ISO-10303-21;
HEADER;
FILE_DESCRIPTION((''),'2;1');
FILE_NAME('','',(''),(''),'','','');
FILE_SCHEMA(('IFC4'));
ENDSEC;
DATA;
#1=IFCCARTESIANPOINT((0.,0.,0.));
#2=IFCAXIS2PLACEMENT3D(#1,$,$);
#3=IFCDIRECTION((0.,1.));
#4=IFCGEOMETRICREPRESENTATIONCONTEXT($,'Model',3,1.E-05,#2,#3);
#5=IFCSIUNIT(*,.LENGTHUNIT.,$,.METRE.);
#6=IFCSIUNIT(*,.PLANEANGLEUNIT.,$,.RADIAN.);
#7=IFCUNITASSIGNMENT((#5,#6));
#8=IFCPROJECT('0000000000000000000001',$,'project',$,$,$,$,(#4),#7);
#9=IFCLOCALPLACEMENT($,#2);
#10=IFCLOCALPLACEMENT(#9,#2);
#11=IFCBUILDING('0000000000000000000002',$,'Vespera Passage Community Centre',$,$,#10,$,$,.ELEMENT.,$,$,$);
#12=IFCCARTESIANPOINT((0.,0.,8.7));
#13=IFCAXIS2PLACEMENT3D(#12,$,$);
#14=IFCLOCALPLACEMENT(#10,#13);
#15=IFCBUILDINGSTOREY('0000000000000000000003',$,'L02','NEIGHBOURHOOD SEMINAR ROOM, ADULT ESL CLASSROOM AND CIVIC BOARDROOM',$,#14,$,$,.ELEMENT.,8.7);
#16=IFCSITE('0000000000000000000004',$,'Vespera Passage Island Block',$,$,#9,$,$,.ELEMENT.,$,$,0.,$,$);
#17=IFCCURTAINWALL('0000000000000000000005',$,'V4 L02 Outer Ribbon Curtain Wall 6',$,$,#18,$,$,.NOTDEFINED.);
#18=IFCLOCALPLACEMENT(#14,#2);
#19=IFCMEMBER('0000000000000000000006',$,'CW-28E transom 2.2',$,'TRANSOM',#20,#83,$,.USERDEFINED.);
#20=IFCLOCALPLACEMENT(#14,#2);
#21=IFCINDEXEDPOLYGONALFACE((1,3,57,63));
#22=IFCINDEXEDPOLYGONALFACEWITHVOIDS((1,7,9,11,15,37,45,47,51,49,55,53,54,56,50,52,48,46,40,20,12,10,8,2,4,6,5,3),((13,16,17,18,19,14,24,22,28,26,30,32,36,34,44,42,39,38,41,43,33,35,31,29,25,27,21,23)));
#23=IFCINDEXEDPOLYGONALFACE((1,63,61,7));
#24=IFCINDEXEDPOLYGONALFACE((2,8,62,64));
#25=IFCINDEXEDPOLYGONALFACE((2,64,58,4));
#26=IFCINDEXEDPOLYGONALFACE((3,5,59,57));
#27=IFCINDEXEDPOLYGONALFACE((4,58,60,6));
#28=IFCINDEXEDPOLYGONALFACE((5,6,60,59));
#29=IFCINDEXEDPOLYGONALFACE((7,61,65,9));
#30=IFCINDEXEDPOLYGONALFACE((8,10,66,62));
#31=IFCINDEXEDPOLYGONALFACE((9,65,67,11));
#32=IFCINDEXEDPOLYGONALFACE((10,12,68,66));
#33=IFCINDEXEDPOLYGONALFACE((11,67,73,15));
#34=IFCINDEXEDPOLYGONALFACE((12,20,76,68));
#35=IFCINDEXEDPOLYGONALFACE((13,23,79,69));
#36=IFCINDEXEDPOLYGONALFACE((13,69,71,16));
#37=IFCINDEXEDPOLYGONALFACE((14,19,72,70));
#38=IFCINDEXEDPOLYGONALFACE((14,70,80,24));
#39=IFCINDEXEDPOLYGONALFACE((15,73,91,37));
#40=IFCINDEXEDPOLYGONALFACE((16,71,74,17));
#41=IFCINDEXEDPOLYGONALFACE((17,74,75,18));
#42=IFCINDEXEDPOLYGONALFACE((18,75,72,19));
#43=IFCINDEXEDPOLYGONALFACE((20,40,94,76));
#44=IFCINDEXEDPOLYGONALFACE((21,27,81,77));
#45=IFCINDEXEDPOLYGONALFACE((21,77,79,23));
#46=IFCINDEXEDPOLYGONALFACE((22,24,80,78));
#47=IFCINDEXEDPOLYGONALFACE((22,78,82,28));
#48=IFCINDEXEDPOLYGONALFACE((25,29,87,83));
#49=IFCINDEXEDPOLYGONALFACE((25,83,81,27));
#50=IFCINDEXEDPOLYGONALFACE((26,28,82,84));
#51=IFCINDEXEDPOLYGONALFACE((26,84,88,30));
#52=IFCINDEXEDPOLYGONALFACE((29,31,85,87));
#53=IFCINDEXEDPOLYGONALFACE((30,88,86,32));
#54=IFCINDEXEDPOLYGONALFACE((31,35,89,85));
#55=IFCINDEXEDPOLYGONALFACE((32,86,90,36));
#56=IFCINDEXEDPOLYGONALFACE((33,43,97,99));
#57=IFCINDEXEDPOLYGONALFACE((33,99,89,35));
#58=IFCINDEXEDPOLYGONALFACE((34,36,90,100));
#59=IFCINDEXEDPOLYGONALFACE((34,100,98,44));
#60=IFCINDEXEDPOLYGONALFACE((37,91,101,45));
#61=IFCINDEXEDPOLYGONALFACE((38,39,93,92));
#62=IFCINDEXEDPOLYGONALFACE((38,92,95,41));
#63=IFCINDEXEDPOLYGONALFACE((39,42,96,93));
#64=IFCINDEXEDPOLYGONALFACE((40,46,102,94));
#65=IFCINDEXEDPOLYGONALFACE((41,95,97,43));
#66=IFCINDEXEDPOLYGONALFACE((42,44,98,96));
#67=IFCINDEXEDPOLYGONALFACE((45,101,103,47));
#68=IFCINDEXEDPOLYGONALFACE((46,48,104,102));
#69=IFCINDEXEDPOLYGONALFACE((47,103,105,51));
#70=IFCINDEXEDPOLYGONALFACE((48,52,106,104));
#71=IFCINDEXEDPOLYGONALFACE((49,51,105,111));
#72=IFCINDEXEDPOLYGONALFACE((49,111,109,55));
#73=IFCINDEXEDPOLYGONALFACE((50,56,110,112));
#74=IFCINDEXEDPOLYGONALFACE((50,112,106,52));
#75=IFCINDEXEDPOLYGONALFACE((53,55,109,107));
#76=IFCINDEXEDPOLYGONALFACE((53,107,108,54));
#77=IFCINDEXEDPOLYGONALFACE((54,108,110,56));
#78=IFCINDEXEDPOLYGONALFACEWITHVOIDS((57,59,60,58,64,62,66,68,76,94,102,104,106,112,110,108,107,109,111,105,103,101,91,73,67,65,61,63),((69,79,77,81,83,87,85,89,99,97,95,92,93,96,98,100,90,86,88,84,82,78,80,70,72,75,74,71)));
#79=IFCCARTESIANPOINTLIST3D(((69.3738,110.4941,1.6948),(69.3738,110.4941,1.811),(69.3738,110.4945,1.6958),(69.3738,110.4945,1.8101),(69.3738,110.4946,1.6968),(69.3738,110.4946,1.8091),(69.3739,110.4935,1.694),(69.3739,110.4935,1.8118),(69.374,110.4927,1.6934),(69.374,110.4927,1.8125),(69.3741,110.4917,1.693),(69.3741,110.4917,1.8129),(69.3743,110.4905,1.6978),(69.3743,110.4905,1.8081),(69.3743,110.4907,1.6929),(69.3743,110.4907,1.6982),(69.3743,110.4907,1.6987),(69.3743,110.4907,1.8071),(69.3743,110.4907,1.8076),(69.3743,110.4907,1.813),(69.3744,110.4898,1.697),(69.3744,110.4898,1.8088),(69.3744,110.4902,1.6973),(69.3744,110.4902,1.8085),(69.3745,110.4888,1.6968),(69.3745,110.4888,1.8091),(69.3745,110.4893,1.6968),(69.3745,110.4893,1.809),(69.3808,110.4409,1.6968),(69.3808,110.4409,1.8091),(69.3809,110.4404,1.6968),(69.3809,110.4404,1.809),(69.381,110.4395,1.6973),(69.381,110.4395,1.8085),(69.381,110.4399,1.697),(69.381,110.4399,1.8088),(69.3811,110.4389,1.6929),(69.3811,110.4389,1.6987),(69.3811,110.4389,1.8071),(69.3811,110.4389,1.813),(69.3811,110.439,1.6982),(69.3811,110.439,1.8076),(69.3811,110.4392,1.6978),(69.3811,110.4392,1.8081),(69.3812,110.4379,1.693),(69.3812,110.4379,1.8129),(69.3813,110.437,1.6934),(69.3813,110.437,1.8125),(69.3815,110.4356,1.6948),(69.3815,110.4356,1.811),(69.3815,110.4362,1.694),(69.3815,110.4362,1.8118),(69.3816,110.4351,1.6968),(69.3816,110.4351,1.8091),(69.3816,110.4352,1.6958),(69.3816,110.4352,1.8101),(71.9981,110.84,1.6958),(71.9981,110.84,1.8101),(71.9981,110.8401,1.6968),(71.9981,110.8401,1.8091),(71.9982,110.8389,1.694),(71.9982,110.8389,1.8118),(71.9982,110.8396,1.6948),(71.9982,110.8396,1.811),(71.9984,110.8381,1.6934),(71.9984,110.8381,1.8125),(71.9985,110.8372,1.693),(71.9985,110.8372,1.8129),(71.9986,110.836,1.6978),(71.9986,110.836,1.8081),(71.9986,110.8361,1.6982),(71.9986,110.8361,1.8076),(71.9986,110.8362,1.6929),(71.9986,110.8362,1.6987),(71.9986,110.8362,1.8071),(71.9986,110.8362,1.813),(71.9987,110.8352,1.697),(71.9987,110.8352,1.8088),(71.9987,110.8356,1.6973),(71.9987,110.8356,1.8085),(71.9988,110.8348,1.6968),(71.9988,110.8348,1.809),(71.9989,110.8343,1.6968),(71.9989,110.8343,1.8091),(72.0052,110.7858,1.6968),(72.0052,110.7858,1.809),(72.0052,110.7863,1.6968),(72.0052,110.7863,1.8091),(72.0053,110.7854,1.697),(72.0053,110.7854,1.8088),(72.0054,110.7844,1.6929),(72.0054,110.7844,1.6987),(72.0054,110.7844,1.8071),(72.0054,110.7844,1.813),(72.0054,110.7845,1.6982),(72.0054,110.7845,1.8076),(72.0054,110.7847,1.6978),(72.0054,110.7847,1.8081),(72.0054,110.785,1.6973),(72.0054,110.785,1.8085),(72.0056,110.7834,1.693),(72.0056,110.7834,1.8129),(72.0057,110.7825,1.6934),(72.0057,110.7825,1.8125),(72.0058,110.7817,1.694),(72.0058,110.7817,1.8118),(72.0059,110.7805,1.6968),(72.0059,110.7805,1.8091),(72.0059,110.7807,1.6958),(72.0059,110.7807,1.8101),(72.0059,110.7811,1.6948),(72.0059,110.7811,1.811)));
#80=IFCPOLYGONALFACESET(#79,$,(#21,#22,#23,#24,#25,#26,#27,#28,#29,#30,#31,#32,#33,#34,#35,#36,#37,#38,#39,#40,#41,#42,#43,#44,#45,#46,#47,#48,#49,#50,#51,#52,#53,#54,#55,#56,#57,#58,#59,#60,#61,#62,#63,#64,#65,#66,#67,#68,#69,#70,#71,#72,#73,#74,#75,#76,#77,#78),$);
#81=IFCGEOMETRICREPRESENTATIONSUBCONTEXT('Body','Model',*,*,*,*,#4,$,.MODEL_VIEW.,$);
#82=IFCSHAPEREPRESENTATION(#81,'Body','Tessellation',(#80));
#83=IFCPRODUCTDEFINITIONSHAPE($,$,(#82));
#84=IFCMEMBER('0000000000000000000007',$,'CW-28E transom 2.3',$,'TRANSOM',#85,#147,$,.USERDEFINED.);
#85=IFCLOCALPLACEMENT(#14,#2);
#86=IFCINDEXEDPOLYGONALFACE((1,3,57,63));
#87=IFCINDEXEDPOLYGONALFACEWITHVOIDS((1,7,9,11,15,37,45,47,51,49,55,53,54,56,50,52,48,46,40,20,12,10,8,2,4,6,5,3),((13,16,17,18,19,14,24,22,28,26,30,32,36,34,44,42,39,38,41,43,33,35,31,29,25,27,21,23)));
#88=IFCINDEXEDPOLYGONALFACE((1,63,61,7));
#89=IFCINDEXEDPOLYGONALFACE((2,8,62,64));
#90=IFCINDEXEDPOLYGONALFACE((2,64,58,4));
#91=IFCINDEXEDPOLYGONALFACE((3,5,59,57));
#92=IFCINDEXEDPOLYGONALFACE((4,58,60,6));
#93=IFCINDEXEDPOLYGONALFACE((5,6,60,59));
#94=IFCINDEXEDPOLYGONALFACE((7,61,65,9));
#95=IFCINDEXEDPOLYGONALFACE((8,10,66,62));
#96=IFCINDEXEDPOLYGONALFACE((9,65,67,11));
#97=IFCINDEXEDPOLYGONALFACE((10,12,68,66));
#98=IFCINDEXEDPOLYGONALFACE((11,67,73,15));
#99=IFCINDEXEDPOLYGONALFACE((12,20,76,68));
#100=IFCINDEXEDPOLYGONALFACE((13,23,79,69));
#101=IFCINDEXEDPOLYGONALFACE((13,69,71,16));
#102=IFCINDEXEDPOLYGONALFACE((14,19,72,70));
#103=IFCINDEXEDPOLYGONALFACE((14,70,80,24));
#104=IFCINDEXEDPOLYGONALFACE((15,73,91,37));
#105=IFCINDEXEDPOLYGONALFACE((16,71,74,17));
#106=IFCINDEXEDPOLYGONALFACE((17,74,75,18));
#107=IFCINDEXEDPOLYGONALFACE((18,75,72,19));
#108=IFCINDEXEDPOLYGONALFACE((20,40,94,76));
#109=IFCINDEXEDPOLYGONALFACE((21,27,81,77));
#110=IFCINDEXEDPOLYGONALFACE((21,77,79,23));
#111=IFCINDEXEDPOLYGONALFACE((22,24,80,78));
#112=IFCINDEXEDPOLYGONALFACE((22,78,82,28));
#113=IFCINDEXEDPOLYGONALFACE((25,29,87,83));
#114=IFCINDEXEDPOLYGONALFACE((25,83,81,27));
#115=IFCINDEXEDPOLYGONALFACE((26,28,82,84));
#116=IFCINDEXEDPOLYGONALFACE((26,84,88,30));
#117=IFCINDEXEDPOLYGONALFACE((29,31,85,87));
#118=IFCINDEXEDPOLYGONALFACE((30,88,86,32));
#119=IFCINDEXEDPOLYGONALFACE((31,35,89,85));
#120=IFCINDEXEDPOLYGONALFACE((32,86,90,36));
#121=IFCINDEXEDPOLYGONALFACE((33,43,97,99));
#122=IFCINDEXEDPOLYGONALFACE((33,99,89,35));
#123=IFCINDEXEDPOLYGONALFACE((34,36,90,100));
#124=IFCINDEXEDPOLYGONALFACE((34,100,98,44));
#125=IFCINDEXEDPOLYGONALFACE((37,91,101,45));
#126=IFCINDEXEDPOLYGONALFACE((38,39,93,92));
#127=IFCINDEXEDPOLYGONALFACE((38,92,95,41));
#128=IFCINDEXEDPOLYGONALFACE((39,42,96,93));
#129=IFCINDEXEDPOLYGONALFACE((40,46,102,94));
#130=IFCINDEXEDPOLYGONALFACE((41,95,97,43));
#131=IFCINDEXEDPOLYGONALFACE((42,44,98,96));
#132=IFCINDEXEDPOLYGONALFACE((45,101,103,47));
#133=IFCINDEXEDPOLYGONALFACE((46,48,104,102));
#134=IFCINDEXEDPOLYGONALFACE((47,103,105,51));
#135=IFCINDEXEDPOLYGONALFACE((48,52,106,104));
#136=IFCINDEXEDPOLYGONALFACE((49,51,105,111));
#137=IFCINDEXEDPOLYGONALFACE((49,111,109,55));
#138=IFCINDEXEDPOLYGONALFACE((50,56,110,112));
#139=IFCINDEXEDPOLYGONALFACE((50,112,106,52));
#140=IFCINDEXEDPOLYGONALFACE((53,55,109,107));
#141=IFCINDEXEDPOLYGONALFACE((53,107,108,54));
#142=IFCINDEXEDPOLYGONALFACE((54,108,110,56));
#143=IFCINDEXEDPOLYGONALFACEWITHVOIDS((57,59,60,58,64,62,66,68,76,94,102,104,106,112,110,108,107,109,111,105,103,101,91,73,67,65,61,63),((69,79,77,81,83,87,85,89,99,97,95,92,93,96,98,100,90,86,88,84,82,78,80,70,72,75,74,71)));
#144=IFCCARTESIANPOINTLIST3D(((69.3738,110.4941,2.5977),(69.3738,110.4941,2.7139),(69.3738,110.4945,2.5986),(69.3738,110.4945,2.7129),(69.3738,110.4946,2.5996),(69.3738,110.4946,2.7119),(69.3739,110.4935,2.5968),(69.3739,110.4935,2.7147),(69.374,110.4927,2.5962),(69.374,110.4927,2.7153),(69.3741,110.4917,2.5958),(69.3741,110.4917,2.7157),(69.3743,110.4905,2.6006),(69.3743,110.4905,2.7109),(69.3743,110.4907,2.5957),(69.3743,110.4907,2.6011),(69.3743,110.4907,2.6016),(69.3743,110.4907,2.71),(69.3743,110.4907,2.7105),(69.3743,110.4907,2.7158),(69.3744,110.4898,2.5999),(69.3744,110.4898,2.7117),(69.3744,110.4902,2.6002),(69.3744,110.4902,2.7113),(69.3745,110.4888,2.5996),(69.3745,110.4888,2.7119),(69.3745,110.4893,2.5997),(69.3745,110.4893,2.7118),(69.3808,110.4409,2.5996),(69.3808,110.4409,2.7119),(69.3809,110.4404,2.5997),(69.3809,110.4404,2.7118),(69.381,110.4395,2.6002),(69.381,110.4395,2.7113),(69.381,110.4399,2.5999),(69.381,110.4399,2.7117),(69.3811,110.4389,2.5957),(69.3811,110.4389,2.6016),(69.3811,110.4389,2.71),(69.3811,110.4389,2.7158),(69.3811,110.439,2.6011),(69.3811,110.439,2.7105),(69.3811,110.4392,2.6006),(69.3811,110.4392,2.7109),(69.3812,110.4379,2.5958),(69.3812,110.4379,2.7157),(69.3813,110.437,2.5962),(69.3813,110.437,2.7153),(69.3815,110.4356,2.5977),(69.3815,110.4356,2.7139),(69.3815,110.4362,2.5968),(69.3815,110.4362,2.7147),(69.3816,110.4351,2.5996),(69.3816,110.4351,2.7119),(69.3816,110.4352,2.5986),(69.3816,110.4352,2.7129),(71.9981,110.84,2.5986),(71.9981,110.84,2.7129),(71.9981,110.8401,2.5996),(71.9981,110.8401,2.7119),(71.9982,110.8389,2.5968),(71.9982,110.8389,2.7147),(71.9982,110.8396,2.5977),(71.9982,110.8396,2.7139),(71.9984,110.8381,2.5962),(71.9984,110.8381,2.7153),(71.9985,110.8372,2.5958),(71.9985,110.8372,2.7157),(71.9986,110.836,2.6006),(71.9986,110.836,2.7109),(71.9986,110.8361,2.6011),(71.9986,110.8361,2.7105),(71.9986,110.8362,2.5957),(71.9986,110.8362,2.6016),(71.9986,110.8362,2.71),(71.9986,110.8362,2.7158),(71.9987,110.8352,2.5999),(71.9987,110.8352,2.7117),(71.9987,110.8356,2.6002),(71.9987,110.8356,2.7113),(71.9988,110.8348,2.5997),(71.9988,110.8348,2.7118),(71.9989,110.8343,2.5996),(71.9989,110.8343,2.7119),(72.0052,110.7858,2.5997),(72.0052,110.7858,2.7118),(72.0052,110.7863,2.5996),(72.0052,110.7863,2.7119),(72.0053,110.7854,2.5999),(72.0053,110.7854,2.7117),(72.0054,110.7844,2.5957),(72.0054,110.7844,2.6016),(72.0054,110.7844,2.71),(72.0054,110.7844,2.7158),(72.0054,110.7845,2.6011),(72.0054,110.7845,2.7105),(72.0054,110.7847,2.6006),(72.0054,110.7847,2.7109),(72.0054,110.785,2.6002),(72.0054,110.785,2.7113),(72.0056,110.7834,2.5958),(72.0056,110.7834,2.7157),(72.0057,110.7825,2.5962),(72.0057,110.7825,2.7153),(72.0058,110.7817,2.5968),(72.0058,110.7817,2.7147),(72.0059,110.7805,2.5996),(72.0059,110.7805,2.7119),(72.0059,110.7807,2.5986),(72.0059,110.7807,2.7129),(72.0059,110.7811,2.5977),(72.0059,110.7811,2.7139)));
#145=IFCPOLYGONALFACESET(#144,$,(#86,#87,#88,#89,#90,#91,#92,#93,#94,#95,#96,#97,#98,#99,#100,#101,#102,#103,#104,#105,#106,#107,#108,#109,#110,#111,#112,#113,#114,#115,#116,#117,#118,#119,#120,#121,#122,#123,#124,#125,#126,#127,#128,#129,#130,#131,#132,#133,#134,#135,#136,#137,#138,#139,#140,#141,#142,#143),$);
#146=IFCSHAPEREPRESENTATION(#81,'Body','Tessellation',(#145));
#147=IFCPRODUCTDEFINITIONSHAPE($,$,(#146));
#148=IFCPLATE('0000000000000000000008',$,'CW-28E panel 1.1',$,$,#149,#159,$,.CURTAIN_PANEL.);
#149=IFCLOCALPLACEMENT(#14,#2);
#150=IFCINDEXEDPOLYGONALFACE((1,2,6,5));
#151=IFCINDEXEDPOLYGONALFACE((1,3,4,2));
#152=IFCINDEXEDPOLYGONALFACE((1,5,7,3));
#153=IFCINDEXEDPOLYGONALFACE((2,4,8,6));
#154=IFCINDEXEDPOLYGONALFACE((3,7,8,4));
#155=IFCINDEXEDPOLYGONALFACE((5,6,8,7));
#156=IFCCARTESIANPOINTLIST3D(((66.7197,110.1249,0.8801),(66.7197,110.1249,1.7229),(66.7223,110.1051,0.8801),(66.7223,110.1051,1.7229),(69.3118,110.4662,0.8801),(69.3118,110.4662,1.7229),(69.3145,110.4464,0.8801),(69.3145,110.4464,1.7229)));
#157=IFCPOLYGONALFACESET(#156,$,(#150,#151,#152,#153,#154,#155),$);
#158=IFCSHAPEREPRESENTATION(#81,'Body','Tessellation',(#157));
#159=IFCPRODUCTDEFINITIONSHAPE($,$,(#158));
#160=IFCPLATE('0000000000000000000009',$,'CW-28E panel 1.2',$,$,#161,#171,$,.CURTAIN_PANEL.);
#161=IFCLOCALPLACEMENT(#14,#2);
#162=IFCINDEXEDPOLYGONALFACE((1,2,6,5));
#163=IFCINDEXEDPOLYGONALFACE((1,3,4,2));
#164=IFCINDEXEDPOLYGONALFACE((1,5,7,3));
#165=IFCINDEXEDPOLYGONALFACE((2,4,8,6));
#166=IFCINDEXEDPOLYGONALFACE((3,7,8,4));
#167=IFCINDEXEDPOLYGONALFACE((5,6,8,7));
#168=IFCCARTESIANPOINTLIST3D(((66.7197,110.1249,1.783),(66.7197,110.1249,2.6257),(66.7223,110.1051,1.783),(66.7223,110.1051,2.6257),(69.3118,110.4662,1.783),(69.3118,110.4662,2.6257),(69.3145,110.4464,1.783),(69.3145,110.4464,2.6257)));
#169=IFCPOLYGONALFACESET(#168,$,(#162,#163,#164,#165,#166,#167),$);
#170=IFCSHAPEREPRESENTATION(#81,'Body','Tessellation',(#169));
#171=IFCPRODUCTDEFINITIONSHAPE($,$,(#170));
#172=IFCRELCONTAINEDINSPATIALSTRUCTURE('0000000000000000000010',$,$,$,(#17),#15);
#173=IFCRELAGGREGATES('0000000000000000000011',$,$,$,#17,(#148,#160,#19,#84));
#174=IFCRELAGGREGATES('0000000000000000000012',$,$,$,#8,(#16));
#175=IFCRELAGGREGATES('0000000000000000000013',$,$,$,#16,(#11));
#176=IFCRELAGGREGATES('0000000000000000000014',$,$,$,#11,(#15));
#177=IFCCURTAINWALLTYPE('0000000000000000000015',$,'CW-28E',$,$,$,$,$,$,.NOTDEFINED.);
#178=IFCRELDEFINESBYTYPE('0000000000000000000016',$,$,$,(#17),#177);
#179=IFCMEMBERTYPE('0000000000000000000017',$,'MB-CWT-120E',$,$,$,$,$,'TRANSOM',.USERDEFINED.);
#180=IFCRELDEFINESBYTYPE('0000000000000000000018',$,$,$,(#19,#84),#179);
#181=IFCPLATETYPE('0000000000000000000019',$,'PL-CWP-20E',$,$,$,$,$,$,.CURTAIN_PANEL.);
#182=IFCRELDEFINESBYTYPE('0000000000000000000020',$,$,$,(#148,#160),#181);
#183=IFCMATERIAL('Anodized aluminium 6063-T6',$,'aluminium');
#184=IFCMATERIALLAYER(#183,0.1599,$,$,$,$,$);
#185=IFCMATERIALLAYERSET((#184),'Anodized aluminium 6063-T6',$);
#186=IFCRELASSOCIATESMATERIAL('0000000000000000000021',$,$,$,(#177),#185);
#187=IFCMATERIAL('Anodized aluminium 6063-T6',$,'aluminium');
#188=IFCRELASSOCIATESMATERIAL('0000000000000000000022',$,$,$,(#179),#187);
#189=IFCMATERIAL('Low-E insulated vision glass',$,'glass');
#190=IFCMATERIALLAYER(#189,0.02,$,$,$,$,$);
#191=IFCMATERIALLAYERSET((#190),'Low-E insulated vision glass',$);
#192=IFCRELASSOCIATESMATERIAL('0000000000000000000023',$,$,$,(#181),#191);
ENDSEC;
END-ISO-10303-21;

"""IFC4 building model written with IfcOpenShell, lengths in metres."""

from ifc_helpers import new_model, si_unit, direction, frame, origin, origin_2d, place, context, subcontext, project, spatial, rectangle, hollow_rectangle, extrude, material, layer, layer_set, material_profile, profile_set, type_object, element, aggregate, save


model = new_model("IFC4")

# Units and contexts
model_context = context("Model", 3, precision=1e-05, world=origin(), true_north=direction((0.0, 1.0)))
body_context = subcontext(model_context, "Body", "Model", "MODEL_VIEW")
ifc_project = project(units=[si_unit("LENGTHUNIT", "METRE"), si_unit("PLANEANGLEUNIT", "RADIAN")], contexts=[model_context])

# Site, building, storey
site_placement = place(None, origin())
site = spatial("IfcSite", under=ifc_project, at=site_placement, Name="Vespera Passage Island Block", CompositionType="ELEMENT", RefElevation=0.0)
building_placement = place(site_placement, origin())
building = spatial("IfcBuilding", under=site, at=building_placement, Name="Vespera Passage Community Centre", CompositionType="ELEMENT")
storey_placement = place(building_placement, frame((0.0, 0.0, 8.7)))
storey = spatial("IfcBuildingStorey", under=building, at=storey_placement, Name="L02", Description="NEIGHBOURHOOD SEMINAR ROOM, ADULT ESL CLASSROOM AND CIVIC BOARDROOM", CompositionType="ELEMENT", Elevation=8.7)

# Curtain wall, members, plates
ifc_material_1 = material(Name="Anodized aluminium 6063-T6", Category="aluminium")
ifc_layer_1 = layer(ifc_material_1, 0.1599)
ifc_layer_set_1 = layer_set([ifc_layer_1], Name="Anodized aluminium 6063-T6")
curtain_wall_type = type_object("IfcCurtainWallType", Name="CW-28E", PredefinedType="NOTDEFINED", material=ifc_layer_set_1)
curtain_wall_placement = place(storey_placement, origin())
curtain_wall = element("IfcCurtainWall", 1, at=curtain_wall_placement, inside=storey, type_object=curtain_wall_type, Name="V4 L02 Outer Ribbon Curtain Wall 6", PredefinedType="NOTDEFINED")
ifc_material_2 = material(Name="Anodized aluminium 6063-T6", Category="aluminium")
ifc_material_profile_1 = material_profile(ifc_material_2, hollow_rectangle(XDim=0.0601, YDim=0.1201, WallThickness=0.0039, InnerFilletRadius=0.002, OuterFilletRadius=0.0039, at=origin_2d()), Name="ALU120X60X4")
ifc_profile_set_1 = profile_set([ifc_material_profile_1], Name="Anodized aluminium 6063-T6")
member_type_1 = type_object("IfcMemberType", Name="MB-CWT-120E", ElementType="TRANSOM", PredefinedType="USERDEFINED", material=ifc_profile_set_1)
member_1_placement = place(storey_placement, frame((69.3777, 110.4648, 1.7529), z_axis=(0.991446, 0.130514, 0.0), x_axis=(-0.130514, 0.991446, 0.0)))
member_1 = element("IfcMember", 2, at=member_1_placement, type_object=member_type_1, Name="CW-28E transom 2.2", ObjectType="TRANSOM", PredefinedType="USERDEFINED", context=body_context, shape_type="SweptSolid", body=[
    extrude(hollow_rectangle(XDim=0.0601, YDim=0.1201, WallThickness=0.0039, InnerFilletRadius=0.002, OuterFilletRadius=0.0039, at=origin_2d()), origin(), (0.0, 0.0, 1.0), 2.647),
])
member_2_placement = place(storey_placement, frame((69.3777, 110.4648, 2.6558), z_axis=(0.991446, 0.130514, 0.0), x_axis=(-0.130514, 0.991446, 0.0)))
member_2 = element("IfcMember", 3, at=member_2_placement, type_object=member_type_1, Name="CW-28E transom 2.3", ObjectType="TRANSOM", PredefinedType="USERDEFINED", context=body_context, shape_type="SweptSolid", body=[
    extrude(hollow_rectangle(XDim=0.0601, YDim=0.1201, WallThickness=0.0039, InnerFilletRadius=0.002, OuterFilletRadius=0.0039, at=origin_2d()), origin(), (0.0, 0.0, 1.0), 2.647),
])
ifc_material_3 = material(Name="Low-E insulated vision glass", Category="glass")
ifc_layer_2 = layer(ifc_material_3, 0.02)
ifc_layer_set_2 = layer_set([ifc_layer_2], Name="Low-E insulated vision glass")
plate_type = type_object("IfcPlateType", Name="PL-CWP-20E", PredefinedType="CURTAIN_PANEL", material=ifc_layer_set_2)
plate_1_placement = place(storey_placement, frame((68.0171, 110.2856, 0.8801), z_axis=(0.0, 0.0, 1.0), x_axis=(0.991444, 0.130531, 0.0)))
plate_1 = element("IfcPlate", 4, at=plate_1_placement, type_object=plate_type, Name="CW-28E panel 1.1", PredefinedType="CURTAIN_PANEL", context=body_context, shape_type="SweptSolid", body=[
    extrude(rectangle(XDim=2.6145, YDim=0.02, at=origin_2d()), origin(), (0.0, 0.0, 1.0), 0.8428),
])
plate_2_placement = place(storey_placement, frame((68.0171, 110.2856, 1.783), z_axis=(0.0, 0.0, 1.0), x_axis=(0.991444, 0.130531, 0.0)))
plate_2 = element("IfcPlate", 5, at=plate_2_placement, type_object=plate_type, Name="CW-28E panel 1.2", PredefinedType="CURTAIN_PANEL", context=body_context, shape_type="SweptSolid", body=[
    extrude(rectangle(XDim=2.6145, YDim=0.02, at=origin_2d()), origin(), (0.0, 0.0, 1.0), 0.8428),
])
aggregate(curtain_wall, [plate_1, plate_2, member_1, member_2])

save(model, "model.ifc")
